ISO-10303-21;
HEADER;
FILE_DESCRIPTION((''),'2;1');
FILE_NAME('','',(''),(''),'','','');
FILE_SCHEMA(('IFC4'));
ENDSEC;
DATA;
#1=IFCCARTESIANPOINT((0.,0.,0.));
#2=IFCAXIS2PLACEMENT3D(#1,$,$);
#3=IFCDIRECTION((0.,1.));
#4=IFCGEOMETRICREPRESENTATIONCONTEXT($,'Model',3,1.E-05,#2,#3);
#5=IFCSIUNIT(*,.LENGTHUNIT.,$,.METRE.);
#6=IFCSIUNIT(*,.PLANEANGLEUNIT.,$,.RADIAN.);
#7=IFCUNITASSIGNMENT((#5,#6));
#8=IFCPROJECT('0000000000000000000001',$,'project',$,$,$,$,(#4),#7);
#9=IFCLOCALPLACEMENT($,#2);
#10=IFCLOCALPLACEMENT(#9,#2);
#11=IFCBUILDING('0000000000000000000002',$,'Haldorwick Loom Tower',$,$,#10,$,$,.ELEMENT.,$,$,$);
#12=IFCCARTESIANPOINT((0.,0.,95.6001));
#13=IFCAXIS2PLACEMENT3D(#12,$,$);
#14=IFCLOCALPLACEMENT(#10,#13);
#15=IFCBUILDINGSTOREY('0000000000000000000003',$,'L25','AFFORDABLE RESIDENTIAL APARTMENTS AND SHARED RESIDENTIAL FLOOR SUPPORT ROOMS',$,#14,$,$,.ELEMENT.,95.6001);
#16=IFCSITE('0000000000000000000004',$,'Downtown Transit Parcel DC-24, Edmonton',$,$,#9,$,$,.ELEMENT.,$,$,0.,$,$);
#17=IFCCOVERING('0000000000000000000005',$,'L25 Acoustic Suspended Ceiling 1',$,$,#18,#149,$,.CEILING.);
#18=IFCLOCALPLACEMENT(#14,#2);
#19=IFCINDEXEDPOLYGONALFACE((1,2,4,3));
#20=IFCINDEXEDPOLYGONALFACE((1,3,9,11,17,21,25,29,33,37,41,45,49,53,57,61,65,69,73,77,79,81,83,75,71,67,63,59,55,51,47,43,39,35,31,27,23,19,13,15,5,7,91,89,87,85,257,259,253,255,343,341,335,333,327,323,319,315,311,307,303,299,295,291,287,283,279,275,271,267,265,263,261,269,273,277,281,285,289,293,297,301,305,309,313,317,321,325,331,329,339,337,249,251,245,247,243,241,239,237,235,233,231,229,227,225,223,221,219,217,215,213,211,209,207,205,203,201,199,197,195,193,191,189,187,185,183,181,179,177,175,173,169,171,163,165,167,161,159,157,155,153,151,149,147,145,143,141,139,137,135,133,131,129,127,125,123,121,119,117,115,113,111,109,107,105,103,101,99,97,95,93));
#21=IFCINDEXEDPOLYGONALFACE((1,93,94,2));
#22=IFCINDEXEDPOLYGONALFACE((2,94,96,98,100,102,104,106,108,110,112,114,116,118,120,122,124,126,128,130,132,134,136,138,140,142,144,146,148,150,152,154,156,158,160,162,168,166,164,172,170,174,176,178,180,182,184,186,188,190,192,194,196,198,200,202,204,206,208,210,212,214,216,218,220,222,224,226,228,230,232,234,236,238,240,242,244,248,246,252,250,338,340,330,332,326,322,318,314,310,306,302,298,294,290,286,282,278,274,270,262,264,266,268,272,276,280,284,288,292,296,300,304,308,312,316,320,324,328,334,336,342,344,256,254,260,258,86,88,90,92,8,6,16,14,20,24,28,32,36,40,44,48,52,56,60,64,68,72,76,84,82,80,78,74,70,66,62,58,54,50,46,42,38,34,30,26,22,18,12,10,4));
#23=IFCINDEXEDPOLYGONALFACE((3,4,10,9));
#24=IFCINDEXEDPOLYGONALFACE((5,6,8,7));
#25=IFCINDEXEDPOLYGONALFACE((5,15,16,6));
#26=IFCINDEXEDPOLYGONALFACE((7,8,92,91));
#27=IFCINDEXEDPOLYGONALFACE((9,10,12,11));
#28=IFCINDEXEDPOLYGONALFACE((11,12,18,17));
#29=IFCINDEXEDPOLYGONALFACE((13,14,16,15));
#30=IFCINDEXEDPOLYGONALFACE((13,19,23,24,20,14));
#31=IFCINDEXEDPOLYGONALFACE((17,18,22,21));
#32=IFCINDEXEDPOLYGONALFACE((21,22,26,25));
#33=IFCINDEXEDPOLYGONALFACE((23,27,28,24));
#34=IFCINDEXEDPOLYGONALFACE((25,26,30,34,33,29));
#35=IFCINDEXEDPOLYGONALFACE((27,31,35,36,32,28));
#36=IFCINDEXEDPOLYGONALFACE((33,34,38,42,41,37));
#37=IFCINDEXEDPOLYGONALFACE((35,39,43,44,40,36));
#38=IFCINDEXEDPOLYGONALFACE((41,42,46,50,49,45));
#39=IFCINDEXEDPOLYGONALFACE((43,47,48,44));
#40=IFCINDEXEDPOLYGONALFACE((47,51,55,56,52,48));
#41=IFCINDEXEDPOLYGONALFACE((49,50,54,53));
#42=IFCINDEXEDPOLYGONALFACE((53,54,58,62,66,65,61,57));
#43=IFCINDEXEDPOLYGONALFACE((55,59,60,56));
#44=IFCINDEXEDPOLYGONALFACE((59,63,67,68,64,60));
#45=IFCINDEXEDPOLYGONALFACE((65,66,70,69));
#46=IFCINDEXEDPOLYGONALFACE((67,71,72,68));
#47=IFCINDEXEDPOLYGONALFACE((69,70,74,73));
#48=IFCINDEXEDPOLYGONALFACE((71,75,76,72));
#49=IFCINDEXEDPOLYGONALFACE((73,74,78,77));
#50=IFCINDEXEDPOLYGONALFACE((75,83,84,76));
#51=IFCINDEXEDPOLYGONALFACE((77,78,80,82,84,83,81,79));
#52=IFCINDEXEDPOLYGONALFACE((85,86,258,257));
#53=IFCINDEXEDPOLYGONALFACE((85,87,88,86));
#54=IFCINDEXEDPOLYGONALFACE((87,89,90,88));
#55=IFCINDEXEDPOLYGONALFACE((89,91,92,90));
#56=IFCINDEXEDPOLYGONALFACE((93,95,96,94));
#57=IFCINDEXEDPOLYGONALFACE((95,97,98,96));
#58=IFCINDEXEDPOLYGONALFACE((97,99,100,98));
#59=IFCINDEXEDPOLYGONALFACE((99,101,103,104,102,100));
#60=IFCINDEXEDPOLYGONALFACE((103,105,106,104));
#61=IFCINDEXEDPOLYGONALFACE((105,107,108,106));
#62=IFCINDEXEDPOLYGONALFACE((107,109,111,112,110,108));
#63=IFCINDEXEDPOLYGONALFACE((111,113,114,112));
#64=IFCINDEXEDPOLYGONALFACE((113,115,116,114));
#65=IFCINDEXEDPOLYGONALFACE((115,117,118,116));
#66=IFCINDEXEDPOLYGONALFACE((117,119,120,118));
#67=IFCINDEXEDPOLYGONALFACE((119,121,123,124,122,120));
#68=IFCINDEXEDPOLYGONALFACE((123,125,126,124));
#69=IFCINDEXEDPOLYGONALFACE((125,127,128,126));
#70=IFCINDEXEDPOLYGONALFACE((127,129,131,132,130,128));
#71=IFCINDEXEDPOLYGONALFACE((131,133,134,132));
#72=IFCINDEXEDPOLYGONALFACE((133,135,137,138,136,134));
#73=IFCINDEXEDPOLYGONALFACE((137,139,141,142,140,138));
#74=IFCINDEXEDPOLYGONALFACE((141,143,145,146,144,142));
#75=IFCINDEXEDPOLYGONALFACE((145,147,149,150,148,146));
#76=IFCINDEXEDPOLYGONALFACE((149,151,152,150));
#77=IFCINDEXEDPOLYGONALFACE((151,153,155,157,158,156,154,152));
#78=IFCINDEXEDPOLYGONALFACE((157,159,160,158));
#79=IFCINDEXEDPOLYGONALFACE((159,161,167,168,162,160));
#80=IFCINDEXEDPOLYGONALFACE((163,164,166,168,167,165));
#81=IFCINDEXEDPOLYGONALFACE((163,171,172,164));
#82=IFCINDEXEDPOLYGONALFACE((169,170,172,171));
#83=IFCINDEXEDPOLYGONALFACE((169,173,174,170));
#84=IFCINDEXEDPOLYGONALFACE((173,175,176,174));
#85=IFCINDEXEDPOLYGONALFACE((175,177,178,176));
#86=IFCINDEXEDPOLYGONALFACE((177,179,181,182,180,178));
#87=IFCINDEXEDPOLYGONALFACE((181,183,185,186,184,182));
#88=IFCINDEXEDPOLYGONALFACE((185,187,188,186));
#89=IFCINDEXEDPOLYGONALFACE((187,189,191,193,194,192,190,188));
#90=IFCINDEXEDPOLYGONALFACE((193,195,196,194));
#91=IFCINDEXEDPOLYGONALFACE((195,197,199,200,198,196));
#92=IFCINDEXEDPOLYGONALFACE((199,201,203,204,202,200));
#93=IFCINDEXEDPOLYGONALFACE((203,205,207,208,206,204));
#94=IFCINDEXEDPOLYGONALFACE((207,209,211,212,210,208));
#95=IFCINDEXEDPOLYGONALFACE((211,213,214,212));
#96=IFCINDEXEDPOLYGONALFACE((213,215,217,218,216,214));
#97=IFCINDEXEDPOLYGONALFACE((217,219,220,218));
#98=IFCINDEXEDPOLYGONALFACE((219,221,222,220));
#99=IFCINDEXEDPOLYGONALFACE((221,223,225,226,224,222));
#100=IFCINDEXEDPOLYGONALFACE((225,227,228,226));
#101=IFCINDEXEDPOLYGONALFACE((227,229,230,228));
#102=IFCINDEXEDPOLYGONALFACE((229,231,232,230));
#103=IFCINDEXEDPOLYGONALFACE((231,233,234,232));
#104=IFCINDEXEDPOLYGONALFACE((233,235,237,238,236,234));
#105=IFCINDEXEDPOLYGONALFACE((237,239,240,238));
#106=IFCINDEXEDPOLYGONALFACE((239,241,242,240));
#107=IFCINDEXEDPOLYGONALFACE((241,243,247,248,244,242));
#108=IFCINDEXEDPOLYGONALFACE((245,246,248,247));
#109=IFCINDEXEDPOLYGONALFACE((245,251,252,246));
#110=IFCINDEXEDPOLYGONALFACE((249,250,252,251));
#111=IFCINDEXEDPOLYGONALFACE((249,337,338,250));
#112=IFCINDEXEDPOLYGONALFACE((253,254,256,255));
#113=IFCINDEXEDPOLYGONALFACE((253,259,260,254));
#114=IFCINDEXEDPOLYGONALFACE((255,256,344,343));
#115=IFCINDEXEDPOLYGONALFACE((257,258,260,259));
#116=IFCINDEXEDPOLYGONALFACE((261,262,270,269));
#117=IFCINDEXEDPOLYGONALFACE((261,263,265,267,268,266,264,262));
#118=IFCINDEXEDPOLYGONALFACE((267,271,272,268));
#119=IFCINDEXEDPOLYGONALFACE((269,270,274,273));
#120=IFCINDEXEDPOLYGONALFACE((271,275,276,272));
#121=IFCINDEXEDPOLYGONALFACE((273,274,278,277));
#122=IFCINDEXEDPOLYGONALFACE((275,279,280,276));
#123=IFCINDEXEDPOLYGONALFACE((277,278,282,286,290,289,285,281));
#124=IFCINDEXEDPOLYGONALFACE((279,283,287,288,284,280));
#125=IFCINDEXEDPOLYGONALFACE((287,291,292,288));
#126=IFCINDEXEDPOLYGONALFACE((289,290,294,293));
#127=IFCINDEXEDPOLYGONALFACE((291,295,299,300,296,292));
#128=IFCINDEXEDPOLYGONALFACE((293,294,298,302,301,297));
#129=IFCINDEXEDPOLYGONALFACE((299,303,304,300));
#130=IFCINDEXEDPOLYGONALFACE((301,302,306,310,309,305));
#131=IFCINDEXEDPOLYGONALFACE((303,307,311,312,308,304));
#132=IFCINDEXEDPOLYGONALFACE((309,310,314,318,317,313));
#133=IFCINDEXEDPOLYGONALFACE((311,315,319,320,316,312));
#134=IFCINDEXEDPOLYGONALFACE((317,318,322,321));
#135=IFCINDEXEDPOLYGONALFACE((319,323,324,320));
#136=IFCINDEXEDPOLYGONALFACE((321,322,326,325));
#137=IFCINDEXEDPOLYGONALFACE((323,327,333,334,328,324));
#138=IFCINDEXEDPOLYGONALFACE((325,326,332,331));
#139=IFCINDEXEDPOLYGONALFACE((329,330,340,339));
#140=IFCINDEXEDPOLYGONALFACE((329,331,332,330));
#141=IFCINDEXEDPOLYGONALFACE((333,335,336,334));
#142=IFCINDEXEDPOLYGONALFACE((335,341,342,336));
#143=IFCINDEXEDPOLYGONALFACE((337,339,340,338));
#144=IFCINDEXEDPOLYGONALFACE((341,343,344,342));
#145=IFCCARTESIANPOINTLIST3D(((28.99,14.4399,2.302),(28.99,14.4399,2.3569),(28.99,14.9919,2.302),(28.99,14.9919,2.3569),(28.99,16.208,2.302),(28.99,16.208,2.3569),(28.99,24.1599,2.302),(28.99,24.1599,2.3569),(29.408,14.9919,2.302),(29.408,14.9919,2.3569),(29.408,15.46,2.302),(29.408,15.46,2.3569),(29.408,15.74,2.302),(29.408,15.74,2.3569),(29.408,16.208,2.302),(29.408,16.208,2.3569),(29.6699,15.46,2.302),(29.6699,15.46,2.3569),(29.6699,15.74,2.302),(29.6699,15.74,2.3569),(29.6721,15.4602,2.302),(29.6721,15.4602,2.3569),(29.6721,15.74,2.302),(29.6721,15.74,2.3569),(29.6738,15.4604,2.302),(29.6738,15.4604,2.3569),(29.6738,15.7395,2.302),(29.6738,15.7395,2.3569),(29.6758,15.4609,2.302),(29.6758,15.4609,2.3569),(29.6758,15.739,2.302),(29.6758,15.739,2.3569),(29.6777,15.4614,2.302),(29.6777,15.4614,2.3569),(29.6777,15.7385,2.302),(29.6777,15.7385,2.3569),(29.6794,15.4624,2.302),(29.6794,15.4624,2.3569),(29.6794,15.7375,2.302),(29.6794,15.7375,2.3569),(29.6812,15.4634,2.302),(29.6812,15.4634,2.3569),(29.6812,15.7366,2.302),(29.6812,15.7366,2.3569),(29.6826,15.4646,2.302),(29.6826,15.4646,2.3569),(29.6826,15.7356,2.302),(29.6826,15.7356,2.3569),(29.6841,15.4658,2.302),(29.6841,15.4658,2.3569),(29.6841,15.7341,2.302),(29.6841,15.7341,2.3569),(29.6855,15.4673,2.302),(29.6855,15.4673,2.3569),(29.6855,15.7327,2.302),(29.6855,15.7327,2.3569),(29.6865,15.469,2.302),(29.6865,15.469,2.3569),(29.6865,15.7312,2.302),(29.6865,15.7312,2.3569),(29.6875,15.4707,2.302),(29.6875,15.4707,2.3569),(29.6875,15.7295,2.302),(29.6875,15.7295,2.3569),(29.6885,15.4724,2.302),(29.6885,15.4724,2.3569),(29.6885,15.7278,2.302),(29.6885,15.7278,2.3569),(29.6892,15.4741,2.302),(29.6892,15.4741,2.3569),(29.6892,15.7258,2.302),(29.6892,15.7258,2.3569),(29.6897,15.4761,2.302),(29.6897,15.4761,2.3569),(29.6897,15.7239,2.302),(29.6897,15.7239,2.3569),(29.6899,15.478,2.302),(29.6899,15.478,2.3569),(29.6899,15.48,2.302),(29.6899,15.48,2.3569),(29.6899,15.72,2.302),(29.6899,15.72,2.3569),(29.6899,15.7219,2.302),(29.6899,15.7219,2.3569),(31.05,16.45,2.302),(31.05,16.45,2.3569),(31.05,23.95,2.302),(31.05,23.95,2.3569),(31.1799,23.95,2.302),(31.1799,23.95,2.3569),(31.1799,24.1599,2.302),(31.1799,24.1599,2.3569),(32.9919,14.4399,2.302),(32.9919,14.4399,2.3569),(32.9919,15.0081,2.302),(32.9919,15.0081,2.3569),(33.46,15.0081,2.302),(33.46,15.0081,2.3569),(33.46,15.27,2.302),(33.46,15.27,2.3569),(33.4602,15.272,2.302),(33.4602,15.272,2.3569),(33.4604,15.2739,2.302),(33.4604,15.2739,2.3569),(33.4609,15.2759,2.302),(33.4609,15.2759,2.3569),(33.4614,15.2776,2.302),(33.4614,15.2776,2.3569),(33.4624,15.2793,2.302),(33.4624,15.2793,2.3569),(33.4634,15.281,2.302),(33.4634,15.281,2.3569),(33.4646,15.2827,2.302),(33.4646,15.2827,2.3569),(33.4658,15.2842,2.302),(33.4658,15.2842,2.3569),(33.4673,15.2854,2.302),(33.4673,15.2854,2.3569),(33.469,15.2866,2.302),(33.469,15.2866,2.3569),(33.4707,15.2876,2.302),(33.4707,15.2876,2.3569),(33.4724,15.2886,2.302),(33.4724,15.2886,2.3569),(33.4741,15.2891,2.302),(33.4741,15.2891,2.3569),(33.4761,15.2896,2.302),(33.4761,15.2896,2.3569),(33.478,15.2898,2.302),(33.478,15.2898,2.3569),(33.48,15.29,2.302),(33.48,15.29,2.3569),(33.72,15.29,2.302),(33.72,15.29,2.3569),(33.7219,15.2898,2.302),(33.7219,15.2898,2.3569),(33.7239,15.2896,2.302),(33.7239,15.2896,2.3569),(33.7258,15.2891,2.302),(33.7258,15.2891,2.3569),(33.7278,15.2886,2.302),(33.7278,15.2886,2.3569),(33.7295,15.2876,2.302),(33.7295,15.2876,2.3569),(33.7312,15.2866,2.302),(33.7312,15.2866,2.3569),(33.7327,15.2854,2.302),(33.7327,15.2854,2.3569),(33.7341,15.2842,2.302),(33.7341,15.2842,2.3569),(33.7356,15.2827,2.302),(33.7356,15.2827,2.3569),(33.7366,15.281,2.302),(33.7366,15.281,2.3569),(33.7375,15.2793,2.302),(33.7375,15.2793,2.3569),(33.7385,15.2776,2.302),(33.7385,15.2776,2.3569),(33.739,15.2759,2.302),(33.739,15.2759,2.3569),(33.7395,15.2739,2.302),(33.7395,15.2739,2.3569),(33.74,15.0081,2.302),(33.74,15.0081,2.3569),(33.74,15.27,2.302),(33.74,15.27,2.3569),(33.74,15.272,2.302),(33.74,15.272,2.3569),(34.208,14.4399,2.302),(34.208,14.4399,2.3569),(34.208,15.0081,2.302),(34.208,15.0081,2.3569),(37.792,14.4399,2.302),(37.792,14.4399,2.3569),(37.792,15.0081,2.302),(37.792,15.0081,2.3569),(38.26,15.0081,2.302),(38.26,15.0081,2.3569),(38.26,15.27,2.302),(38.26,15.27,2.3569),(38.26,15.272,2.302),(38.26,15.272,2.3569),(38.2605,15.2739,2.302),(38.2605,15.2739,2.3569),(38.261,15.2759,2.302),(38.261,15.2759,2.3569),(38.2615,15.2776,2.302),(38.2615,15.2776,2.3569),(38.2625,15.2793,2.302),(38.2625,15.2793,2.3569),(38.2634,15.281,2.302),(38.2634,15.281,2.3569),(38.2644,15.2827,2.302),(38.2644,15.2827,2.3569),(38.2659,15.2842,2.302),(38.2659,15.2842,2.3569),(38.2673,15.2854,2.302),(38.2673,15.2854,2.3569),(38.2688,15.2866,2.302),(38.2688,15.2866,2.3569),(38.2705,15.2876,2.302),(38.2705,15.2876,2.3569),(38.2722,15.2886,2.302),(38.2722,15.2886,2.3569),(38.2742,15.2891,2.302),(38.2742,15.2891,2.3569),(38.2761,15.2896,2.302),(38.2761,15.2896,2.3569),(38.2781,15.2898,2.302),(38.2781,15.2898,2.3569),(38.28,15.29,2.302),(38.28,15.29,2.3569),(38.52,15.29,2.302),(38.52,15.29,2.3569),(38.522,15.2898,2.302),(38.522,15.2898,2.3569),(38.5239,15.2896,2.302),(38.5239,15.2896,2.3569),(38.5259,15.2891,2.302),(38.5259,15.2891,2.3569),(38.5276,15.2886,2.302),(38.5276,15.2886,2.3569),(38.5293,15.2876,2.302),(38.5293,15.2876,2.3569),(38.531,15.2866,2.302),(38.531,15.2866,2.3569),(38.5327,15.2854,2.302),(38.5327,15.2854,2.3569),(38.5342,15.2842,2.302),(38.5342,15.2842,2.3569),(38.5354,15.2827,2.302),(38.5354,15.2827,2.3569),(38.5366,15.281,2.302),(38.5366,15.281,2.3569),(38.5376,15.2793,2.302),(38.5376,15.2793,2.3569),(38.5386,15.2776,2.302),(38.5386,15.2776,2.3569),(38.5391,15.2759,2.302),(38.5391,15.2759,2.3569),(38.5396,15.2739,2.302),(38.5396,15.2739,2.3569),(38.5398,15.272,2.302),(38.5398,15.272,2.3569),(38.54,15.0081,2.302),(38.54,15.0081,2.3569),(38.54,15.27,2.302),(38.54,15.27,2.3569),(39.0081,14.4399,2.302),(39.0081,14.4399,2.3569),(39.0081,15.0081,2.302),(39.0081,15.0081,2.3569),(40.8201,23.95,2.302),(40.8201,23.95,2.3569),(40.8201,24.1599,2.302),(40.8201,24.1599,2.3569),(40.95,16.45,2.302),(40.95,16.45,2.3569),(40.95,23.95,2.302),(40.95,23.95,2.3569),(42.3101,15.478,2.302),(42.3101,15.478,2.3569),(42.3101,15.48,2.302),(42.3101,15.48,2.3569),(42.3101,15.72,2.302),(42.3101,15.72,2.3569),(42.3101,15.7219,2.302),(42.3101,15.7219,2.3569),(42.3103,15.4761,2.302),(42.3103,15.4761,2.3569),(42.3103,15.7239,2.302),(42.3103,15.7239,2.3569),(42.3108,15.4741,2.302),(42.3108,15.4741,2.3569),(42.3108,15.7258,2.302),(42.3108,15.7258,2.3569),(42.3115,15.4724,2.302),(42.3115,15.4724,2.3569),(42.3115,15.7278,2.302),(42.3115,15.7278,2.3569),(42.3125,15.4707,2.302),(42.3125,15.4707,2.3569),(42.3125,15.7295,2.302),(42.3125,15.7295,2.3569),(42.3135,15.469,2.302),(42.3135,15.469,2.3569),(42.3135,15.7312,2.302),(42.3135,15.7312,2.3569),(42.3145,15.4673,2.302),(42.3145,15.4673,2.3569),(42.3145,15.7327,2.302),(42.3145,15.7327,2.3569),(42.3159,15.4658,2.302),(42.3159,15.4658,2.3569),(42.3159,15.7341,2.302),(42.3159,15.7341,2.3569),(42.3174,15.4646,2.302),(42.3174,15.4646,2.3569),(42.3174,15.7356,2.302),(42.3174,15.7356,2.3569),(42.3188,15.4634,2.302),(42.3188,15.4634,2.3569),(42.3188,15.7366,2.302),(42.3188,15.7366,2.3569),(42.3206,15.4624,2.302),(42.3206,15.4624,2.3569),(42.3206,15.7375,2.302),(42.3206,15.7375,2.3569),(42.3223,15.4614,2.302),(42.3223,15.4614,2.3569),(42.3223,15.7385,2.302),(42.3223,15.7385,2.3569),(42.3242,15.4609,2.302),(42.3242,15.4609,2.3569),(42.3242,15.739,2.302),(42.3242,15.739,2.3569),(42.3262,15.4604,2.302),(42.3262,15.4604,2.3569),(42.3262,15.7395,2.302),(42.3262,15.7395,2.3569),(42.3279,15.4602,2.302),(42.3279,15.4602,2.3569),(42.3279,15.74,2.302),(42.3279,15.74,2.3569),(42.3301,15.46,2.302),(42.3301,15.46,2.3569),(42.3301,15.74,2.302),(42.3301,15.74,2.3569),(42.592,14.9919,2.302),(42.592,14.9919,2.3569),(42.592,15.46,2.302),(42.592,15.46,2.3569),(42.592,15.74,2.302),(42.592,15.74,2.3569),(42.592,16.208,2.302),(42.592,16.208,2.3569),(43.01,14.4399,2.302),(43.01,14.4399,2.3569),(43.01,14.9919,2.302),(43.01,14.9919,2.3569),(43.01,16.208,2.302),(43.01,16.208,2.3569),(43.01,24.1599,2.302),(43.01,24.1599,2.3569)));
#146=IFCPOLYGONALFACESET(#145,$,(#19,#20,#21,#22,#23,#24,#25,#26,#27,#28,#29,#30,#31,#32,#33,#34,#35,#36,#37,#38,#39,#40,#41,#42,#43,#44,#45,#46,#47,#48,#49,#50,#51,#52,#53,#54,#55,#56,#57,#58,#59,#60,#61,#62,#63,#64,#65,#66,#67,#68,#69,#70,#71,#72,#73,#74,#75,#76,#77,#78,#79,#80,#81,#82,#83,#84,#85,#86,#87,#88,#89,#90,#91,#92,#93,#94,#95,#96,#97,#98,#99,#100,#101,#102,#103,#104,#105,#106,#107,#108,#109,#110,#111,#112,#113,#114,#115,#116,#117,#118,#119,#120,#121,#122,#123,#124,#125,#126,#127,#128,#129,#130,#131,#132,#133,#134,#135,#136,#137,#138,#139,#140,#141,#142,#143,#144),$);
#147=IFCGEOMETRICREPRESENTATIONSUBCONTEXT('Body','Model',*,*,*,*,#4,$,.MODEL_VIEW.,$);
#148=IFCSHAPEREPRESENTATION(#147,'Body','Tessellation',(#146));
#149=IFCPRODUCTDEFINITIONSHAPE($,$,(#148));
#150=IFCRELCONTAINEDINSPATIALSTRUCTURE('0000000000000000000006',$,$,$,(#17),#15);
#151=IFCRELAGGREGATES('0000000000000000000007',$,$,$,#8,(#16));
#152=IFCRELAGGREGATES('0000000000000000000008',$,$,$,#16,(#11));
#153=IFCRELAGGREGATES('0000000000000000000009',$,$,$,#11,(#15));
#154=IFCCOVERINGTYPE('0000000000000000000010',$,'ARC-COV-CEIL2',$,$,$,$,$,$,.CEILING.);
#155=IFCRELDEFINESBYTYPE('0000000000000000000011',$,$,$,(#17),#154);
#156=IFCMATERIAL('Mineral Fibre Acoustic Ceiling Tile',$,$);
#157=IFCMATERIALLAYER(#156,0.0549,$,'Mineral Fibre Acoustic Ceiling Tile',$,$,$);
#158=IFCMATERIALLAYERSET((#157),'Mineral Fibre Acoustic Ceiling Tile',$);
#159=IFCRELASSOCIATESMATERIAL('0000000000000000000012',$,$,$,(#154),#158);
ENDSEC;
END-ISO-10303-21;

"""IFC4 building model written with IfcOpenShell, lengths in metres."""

from ifc_helpers import new_model, si_unit, direction, frame, origin, place, context, subcontext, project, spatial, polyline, outline, extrude, material, layer, layer_set, type_object, element, save


model = new_model("IFC4")

# Units and contexts
model_context = context("Model", 3, precision=1e-05, world=origin(), true_north=direction((0.0, 1.0)))
body_context = subcontext(model_context, "Body", "Model", "MODEL_VIEW")
ifc_project = project(units=[si_unit("LENGTHUNIT", "METRE"), si_unit("PLANEANGLEUNIT", "RADIAN")], contexts=[model_context])

# Site, building, storey
site_placement = place(None, origin())
site = spatial("IfcSite", under=ifc_project, at=site_placement, Name="Downtown Transit Parcel DC-24, Edmonton", CompositionType="ELEMENT", RefElevation=0.0)
building_placement = place(site_placement, origin())
building = spatial("IfcBuilding", under=site, at=building_placement, Name="Haldorwick Loom Tower", CompositionType="ELEMENT")
storey_placement = place(building_placement, frame((0.0, 0.0, 95.6001)))
storey = spatial("IfcBuildingStorey", under=building, at=storey_placement, Name="L25", Description="AFFORDABLE RESIDENTIAL APARTMENTS AND SHARED RESIDENTIAL FLOOR SUPPORT ROOMS", CompositionType="ELEMENT", Elevation=95.6001)

# Covering
ifc_material_1 = material(Name="Mineral Fibre Acoustic Ceiling Tile")
ifc_layer_1 = layer(ifc_material_1, 0.0549, Name="Mineral Fibre Acoustic Ceiling Tile")
ifc_layer_set_1 = layer_set([ifc_layer_1], Name="Mineral Fibre Acoustic Ceiling Tile")
covering_type_1 = type_object("IfcCoveringType", Name="ARC-COV-CEIL2", PredefinedType="CEILING", material=ifc_layer_set_1)
covering_1_placement = place(storey_placement, frame((0.0, 0.0, 2.302)))
element("IfcCovering", 1, at=covering_1_placement, inside=storey, type_object=covering_type_1, Name="L25 Acoustic Suspended Ceiling 1", PredefinedType="CEILING", context=body_context, shape_type="SweptSolid", body=[
    extrude(outline(polyline([(40.8201, 24.1599), (40.8201, 23.95), (40.95, 23.95), (40.95, 16.45), (31.05, 16.45), (31.05, 23.95), (31.1799, 23.95), (31.1799, 24.1599), (28.99, 24.1599), (28.99, 16.208), (29.408, 16.208), (29.408, 15.74), (29.6699, 15.74), (29.6721, 15.74), (29.6738, 15.7395), (29.6758, 15.739), (29.6777, 15.7385), (29.6794, 15.7375), (29.6812, 15.7366), (29.6826, 15.7356), (29.6841, 15.7341), (29.6855, 15.7327), (29.6865, 15.7312), (29.6875, 15.7295), (29.6885, 15.7278), (29.6892, 15.7258), (29.6897, 15.7239), (29.6899, 15.7219), (29.6899, 15.72), (29.6899, 15.48), (29.6899, 15.478), (29.6897, 15.4761), (29.6892, 15.4741), (29.6885, 15.4724), (29.6875, 15.4707), (29.6865, 15.469), (29.6855, 15.4673), (29.6841, 15.4658), (29.6826, 15.4646), (29.6812, 15.4634), (29.6794, 15.4624), (29.6777, 15.4614), (29.6758, 15.4609), (29.6738, 15.4604), (29.6721, 15.4602), (29.6699, 15.46), (29.408, 15.46), (29.408, 14.9919), (28.99, 14.9919), (28.99, 14.4399), (32.9919, 14.4399), (32.9919, 15.0081), (33.46, 15.0081), (33.46, 15.27), (33.4602, 15.272), (33.4604, 15.2739), (33.4609, 15.2759), (33.4614, 15.2776), (33.4624, 15.2793), (33.4634, 15.281), (33.4646, 15.2827), (33.4658, 15.2842), (33.4673, 15.2854), (33.469, 15.2866), (33.4707, 15.2876), (33.4724, 15.2886), (33.4741, 15.2891), (33.4761, 15.2896), (33.478, 15.2898), (33.48, 15.29), (33.72, 15.29), (33.7219, 15.2898), (33.7239, 15.2896), (33.7258, 15.2891), (33.7278, 15.2886), (33.7295, 15.2876), (33.7312, 15.2866), (33.7327, 15.2854), (33.7341, 15.2842), (33.7356, 15.2827), (33.7366, 15.281), (33.7375, 15.2793), (33.7385, 15.2776), (33.739, 15.2759), (33.7395, 15.2739), (33.74, 15.272), (33.74, 15.27), (33.74, 15.0081), (34.208, 15.0081), (34.208, 14.4399), (37.792, 14.4399), (37.792, 15.0081), (38.26, 15.0081), (38.26, 15.27), (38.26, 15.272), (38.2605, 15.2739), (38.261, 15.2759), (38.2615, 15.2776), (38.2625, 15.2793), (38.2634, 15.281), (38.2644, 15.2827), (38.2659, 15.2842), (38.2673, 15.2854), (38.2688, 15.2866), (38.2705, 15.2876), (38.2722, 15.2886), (38.2742, 15.2891), (38.2761, 15.2896), (38.2781, 15.2898), (38.28, 15.29), (38.52, 15.29), (38.522, 15.2898), (38.5239, 15.2896), (38.5259, 15.2891), (38.5276, 15.2886), (38.5293, 15.2876), (38.531, 15.2866), (38.5327, 15.2854), (38.5342, 15.2842), (38.5354, 15.2827), (38.5366, 15.281), (38.5376, 15.2793), (38.5386, 15.2776), (38.5391, 15.2759), (38.5396, 15.2739), (38.5398, 15.272), (38.54, 15.27), (38.54, 15.0081), (39.0081, 15.0081), (39.0081, 14.4399), (43.01, 14.4399), (43.01, 14.9919), (42.592, 14.9919), (42.592, 15.46), (42.3301, 15.46), (42.3279, 15.4602), (42.3262, 15.4604), (42.3242, 15.4609), (42.3223, 15.4614), (42.3206, 15.4624), (42.3188, 15.4634), (42.3174, 15.4646), (42.3159, 15.4658), (42.3145, 15.4673), (42.3135, 15.469), (42.3125, 15.4707), (42.3115, 15.4724), (42.3108, 15.4741), (42.3103, 15.4761), (42.3101, 15.478), (42.3101, 15.48), (42.3101, 15.72), (42.3101, 15.7219), (42.3103, 15.7239), (42.3108, 15.7258), (42.3115, 15.7278), (42.3125, 15.7295), (42.3135, 15.7312), (42.3145, 15.7327), (42.3159, 15.7341), (42.3174, 15.7356), (42.3188, 15.7366), (42.3206, 15.7375), (42.3223, 15.7385), (42.3242, 15.739), (42.3262, 15.7395), (42.3279, 15.74), (42.3301, 15.74), (42.592, 15.74), (42.592, 16.208), (43.01, 16.208), (43.01, 24.1599), (40.8201, 24.1599)])), origin(), (0.0, 0.0, 1.0), 0.0549),
])

save(model, "model.ifc")
